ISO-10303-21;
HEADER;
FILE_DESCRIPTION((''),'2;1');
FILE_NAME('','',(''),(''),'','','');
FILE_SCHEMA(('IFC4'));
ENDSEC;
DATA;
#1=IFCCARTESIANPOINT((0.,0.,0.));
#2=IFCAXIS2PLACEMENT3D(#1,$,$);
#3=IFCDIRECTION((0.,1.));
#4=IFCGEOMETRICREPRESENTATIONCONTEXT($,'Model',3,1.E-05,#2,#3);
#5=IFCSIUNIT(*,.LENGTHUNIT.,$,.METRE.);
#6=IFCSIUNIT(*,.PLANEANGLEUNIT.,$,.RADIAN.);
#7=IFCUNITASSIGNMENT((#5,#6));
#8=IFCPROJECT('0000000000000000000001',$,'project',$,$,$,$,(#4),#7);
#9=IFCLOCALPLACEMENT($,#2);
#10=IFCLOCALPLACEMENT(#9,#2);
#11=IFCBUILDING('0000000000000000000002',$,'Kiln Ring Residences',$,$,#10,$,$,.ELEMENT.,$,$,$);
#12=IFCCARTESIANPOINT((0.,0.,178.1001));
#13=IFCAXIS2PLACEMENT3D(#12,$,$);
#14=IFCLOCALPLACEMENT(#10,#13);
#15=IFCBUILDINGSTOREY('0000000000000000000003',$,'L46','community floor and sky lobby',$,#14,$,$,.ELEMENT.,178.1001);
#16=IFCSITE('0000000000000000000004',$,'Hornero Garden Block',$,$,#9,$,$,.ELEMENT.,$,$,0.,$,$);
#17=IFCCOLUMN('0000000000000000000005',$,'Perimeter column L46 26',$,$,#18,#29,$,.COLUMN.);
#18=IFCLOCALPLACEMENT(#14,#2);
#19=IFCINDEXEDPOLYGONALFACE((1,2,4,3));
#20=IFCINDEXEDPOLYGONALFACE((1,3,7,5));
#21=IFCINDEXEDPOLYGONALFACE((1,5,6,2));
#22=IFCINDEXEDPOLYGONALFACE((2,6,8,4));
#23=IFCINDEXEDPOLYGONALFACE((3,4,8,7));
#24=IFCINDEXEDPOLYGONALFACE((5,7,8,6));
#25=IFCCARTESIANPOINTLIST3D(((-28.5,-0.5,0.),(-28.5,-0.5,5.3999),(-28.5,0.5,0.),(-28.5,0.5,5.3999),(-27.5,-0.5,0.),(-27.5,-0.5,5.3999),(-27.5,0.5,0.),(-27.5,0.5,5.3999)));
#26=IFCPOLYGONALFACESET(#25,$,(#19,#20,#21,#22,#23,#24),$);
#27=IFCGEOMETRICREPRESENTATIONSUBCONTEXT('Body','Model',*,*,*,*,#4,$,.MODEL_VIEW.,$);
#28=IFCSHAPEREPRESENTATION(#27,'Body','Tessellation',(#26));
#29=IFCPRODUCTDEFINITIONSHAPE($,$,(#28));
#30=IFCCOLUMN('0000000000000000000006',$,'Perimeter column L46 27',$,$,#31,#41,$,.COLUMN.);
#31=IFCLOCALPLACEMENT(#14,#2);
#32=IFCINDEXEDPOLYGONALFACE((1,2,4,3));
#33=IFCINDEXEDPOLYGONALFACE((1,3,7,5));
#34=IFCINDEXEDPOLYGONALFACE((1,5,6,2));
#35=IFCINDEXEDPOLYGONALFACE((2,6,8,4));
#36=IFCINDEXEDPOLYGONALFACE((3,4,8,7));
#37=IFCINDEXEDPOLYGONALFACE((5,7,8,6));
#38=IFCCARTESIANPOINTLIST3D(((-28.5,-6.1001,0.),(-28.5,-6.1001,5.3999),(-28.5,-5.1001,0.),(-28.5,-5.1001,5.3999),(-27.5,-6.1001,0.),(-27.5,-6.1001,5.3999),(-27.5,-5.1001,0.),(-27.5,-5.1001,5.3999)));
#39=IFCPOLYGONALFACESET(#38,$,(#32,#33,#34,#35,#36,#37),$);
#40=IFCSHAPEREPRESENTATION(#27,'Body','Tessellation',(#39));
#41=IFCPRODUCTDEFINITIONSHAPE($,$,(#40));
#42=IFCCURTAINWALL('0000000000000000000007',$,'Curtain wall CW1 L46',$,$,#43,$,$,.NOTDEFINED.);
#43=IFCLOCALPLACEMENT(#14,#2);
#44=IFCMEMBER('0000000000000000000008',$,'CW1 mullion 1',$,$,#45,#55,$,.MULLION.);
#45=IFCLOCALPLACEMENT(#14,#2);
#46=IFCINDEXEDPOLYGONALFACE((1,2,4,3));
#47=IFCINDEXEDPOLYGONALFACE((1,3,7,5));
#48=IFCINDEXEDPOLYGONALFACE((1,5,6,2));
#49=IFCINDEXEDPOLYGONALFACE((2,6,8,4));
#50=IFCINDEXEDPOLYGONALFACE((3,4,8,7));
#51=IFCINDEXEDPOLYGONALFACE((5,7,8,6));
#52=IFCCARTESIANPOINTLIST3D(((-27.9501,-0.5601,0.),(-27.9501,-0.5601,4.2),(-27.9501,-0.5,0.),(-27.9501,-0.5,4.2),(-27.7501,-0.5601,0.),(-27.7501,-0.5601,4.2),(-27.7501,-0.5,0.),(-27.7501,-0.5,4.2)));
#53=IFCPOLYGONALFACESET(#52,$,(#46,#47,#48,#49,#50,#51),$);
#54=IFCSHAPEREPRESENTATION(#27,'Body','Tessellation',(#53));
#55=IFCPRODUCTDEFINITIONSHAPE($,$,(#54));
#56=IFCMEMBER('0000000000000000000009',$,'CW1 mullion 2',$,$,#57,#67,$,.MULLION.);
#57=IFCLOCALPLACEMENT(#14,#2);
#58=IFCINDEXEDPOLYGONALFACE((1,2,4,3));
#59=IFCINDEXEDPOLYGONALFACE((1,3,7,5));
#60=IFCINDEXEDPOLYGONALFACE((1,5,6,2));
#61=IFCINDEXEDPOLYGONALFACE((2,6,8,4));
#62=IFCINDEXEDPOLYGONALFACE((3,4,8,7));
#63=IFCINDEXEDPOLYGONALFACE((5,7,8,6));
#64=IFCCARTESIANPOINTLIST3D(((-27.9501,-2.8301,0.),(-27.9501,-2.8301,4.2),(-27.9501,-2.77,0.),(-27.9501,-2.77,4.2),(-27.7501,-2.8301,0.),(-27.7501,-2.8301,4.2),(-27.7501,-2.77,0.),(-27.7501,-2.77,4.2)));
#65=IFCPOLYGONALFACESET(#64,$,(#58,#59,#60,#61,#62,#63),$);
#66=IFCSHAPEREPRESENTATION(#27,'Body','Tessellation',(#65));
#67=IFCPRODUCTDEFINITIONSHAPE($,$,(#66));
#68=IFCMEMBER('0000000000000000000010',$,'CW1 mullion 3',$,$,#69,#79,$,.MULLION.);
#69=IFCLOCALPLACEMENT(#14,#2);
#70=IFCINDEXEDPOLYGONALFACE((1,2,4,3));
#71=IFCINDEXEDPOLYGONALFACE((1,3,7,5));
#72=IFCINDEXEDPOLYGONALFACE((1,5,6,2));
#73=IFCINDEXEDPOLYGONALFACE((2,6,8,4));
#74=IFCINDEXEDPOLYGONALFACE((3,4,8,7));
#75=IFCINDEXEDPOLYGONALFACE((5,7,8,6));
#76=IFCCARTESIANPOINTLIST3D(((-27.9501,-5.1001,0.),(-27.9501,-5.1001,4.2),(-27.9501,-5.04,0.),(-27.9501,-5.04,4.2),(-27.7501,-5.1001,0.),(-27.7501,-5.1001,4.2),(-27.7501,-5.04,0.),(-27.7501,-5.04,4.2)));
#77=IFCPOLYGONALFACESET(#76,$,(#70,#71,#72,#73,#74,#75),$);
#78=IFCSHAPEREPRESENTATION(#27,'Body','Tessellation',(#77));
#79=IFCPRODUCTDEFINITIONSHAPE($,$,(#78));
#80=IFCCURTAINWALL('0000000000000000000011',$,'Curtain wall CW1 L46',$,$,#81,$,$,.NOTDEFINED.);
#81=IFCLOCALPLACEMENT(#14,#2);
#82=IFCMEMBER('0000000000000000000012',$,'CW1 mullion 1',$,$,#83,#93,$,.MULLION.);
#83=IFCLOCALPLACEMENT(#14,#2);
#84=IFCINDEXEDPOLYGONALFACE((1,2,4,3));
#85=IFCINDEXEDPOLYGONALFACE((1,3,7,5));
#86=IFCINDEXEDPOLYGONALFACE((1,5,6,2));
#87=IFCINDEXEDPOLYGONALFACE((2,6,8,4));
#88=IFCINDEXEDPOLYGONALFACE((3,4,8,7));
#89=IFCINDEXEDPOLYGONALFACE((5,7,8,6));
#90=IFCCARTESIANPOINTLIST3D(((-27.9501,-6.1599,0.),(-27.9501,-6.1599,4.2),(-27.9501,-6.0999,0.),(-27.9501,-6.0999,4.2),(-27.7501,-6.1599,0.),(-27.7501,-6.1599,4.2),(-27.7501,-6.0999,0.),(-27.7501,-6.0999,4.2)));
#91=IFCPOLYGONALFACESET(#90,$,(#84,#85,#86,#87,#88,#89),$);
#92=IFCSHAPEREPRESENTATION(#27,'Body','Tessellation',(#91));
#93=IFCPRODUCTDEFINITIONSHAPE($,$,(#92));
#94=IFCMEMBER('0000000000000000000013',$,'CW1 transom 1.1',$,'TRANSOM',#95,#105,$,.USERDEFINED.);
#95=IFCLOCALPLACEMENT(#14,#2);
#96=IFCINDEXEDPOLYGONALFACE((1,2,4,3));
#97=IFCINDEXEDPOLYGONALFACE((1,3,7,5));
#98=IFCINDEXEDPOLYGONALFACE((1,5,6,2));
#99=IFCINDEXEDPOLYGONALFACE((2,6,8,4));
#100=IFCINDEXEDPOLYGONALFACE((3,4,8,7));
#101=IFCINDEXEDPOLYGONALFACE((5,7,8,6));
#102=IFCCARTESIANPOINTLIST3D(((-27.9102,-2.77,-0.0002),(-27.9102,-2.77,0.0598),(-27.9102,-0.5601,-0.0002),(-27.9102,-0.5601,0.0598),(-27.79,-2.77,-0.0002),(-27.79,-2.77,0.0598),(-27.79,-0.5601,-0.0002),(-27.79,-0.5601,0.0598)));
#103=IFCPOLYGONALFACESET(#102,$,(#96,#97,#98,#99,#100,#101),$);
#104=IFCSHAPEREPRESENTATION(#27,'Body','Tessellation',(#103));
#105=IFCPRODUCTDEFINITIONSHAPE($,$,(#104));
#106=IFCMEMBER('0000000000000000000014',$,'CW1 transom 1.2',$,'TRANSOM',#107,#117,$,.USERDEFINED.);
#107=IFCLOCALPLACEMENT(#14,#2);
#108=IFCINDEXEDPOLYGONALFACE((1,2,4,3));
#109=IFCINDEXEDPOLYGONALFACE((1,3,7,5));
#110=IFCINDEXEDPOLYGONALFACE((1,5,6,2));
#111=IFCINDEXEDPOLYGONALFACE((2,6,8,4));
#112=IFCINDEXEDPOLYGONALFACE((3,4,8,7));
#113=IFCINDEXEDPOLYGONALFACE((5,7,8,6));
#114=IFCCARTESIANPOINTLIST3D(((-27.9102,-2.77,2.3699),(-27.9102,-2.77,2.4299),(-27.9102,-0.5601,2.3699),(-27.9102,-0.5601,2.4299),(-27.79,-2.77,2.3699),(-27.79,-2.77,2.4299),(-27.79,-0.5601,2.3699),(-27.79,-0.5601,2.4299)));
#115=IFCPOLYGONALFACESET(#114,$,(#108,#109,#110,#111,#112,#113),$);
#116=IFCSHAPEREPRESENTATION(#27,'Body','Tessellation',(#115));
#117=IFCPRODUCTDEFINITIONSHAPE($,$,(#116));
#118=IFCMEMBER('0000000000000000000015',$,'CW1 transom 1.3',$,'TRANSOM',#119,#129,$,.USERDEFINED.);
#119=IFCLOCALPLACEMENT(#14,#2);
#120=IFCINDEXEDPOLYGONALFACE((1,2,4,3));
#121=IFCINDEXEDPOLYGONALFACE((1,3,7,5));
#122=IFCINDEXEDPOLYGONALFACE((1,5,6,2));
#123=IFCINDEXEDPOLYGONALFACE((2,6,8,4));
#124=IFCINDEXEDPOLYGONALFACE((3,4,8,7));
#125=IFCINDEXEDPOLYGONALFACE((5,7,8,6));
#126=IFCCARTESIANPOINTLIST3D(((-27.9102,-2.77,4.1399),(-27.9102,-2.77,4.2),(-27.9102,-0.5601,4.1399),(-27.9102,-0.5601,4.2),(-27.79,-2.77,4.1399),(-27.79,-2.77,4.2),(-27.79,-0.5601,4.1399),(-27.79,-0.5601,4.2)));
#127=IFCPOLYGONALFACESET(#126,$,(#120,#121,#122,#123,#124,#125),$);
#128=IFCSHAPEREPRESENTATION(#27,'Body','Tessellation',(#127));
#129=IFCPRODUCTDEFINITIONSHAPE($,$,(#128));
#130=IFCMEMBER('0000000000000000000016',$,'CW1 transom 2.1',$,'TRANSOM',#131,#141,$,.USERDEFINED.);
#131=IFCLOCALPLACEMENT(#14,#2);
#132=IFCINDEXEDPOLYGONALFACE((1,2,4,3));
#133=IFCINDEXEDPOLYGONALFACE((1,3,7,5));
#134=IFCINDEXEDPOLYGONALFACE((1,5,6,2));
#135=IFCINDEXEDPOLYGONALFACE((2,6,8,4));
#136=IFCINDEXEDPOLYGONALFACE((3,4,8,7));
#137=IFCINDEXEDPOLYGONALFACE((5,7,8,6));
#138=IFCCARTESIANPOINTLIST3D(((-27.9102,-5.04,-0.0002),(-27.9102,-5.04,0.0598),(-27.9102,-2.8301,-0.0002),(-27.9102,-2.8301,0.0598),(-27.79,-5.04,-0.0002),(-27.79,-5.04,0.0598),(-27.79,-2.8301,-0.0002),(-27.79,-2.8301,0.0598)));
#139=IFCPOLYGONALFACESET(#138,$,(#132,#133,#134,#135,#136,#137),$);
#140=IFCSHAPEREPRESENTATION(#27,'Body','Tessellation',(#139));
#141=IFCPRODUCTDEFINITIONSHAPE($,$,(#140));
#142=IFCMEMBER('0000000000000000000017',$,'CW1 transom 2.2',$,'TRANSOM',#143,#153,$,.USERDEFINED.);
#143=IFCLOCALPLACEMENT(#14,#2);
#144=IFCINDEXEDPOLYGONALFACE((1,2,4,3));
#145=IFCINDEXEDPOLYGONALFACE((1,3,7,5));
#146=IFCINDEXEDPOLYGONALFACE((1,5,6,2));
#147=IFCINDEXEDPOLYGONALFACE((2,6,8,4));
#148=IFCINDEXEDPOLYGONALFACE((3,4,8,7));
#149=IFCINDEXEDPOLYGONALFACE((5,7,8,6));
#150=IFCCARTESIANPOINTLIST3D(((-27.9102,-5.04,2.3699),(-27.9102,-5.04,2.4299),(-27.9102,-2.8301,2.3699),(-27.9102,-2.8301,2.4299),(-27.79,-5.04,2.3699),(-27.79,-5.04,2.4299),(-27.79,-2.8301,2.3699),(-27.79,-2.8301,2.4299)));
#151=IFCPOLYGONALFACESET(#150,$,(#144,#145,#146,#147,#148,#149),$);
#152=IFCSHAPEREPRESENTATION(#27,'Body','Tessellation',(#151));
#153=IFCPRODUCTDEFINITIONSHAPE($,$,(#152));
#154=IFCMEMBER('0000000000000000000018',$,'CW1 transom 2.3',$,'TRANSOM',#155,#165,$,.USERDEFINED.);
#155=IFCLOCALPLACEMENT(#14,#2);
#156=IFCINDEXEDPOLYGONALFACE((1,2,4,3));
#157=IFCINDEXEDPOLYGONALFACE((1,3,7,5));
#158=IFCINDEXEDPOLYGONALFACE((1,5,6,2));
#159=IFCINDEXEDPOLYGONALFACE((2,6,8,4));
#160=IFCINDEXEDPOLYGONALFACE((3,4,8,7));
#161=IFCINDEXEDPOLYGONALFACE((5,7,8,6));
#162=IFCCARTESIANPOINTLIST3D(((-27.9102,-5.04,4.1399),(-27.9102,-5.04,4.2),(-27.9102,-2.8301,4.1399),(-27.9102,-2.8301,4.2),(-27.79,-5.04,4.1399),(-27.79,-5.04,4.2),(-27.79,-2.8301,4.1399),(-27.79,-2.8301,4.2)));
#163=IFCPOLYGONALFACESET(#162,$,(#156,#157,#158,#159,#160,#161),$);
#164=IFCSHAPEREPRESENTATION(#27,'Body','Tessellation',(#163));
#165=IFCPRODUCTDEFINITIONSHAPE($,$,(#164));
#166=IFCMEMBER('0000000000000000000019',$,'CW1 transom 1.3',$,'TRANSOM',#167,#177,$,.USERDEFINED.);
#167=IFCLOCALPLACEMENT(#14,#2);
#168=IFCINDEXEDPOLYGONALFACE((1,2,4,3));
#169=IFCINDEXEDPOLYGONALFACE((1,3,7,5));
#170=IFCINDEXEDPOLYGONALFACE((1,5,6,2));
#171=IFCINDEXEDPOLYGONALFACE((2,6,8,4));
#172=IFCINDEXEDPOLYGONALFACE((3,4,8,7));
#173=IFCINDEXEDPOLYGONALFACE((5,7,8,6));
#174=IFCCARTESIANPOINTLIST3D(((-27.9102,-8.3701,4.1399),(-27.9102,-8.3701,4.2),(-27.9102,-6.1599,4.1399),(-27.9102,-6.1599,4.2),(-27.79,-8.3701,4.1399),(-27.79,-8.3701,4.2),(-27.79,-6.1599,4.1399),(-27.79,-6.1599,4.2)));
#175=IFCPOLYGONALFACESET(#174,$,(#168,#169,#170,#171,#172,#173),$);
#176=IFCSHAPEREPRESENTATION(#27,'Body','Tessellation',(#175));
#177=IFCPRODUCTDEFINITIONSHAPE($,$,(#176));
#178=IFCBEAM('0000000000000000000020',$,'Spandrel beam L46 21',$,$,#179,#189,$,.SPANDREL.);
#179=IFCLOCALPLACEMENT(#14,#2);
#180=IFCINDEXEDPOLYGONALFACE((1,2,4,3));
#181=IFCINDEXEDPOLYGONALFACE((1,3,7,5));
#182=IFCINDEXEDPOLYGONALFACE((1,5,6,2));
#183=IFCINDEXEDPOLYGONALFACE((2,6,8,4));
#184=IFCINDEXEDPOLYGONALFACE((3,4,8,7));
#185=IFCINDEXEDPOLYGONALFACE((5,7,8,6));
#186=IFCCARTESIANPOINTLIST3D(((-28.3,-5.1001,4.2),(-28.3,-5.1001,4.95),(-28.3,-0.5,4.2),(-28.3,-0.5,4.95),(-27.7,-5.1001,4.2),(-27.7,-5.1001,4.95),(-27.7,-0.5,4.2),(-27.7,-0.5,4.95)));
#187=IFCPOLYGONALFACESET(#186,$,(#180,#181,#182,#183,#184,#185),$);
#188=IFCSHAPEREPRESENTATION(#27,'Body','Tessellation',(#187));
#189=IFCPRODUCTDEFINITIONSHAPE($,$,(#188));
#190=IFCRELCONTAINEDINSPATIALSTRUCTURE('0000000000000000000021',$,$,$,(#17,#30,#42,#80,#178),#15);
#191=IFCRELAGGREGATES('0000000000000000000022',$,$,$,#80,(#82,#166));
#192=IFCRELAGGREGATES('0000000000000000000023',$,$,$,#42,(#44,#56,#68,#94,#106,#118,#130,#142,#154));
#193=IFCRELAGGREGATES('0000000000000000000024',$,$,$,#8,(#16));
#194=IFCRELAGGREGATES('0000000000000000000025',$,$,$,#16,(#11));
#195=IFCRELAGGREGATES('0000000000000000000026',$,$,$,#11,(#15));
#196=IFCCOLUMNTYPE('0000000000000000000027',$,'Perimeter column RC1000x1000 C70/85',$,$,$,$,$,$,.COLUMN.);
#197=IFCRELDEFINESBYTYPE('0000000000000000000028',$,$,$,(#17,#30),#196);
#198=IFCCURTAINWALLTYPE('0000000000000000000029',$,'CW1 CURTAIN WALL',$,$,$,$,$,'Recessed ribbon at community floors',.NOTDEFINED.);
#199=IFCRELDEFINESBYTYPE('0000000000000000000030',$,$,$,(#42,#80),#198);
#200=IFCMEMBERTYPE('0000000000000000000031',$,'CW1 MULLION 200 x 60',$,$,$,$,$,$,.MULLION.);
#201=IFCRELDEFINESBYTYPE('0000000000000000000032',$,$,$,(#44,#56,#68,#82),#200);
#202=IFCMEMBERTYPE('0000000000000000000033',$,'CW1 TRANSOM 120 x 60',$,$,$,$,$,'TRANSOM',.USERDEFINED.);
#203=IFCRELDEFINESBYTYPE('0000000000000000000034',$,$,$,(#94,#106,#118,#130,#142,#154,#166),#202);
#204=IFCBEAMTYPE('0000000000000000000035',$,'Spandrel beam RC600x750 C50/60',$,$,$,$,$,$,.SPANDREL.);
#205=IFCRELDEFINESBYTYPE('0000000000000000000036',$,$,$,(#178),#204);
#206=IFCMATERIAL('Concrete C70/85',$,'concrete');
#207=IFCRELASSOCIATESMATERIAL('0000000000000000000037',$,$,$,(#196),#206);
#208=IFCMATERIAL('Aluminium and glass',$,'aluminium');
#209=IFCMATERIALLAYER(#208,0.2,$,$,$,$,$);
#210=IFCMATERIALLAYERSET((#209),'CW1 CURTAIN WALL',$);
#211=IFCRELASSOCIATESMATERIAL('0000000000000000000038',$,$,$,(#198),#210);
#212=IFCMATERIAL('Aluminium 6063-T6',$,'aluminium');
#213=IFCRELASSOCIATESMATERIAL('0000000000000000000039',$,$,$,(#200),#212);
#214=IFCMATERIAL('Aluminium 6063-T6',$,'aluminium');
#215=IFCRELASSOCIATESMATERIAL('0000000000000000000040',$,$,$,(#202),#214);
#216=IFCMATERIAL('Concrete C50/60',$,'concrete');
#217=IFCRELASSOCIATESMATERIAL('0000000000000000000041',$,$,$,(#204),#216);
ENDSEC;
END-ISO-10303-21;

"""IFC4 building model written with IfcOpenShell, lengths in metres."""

from ifc_helpers import new_model, si_unit, direction, frame, origin, origin_2d, place, context, subcontext, project, spatial, rectangle, extrude, material, layer, layer_set, material_profile, profile_set, type_object, element, aggregate, save


model = new_model("IFC4")

# Units and contexts
model_context = context("Model", 3, precision=1e-05, world=origin(), true_north=direction((0.0, 1.0)))
body_context = subcontext(model_context, "Body", "Model", "MODEL_VIEW")
ifc_project = project(units=[si_unit("LENGTHUNIT", "METRE"), si_unit("PLANEANGLEUNIT", "RADIAN")], contexts=[model_context])

# Site, building, storey
site_placement = place(None, origin())
site = spatial("IfcSite", under=ifc_project, at=site_placement, Name="Hornero Garden Block", CompositionType="ELEMENT", RefElevation=0.0)
building_placement = place(site_placement, origin())
building = spatial("IfcBuilding", under=site, at=building_placement, Name="Kiln Ring Residences", CompositionType="ELEMENT")
storey_placement = place(building_placement, frame((0.0, 0.0, 178.1001)))
storey = spatial("IfcBuildingStorey", under=building, at=storey_placement, Name="L46", Description="community floor and sky lobby", CompositionType="ELEMENT", Elevation=178.1001)

# Columns
ifc_material_1 = material(Name="Concrete C70/85", Category="concrete")
ifc_material_profile_1 = material_profile(ifc_material_1, rectangle(XDim=1.0, YDim=1.0, at=origin_2d()), Name="RC1000x1000")
ifc_profile_set_1 = profile_set([ifc_material_profile_1], Name="Concrete C70/85")
column_type = type_object("IfcColumnType", Name="Perimeter column RC1000x1000 C70/85", PredefinedType="COLUMN", material=ifc_profile_set_1)
for number, where, z_axis, x_axis, name in (
    (1, (-28.0, 0.0, 0.0), (0.0, 0.0, 1.0), (1.0, 0.0, 0.0), "Perimeter column L46 26"),
    (2, (-28.0, -5.6001, 0.0), (0.0, 0.0, 1.0), (1.0, 0.0, 0.0), "Perimeter column L46 27"),
):
    element("IfcColumn", number, at=place(storey_placement, frame(where, z_axis=z_axis, x_axis=x_axis)), inside=storey, type_object=column_type, Name=name, PredefinedType="COLUMN", context=body_context, shape_type="SweptSolid", body=[
        extrude(rectangle(XDim=1.0, YDim=1.0, at=origin_2d()), origin(), (0.0, 0.0, 1.0), 5.3999),
    ])

# Curtain wall, members
ifc_material_2 = material(Name="Aluminium and glass", Category="aluminium")
ifc_layer_1 = layer(ifc_material_2, 0.2)
ifc_layer_set_1 = layer_set([ifc_layer_1], Name="CW1 CURTAIN WALL")
curtain_wall_type = type_object("IfcCurtainWallType", Name="CW1 CURTAIN WALL", ElementType="Recessed ribbon at community floors", PredefinedType="NOTDEFINED", material=ifc_layer_set_1)
placement = place(storey_placement, origin())
curtain_wall_1 = element("IfcCurtainWall", 3, at=placement, inside=storey, type_object=curtain_wall_type, Name="Curtain wall CW1 L46", PredefinedType="NOTDEFINED")
ifc_material_3 = material(Name="Aluminium 6063-T6", Category="aluminium")
ifc_material_profile_2 = material_profile(ifc_material_3, rectangle(XDim=0.2, YDim=0.0601, at=origin_2d()), Name="AL 200x60")
ifc_profile_set_2 = profile_set([ifc_material_profile_2], Name="Aluminium 6063-T6")
member_type_1 = type_object("IfcMemberType", Name="CW1 MULLION 200 x 60", PredefinedType="MULLION", material=ifc_profile_set_2)
member_1_placement = place(storey_placement, frame((-27.8501, -0.53, 0.0), z_axis=(0.0, 0.0, 1.0), x_axis=(1.0, 0.0, 0.0)))
member_1 = element("IfcMember", 4, at=member_1_placement, type_object=member_type_1, Name="CW1 mullion 1", PredefinedType="MULLION", context=body_context, shape_type="SweptSolid", body=[
    extrude(rectangle(XDim=0.2, YDim=0.0601, at=origin_2d()), origin(), (0.0, 0.0, 1.0), 4.2),
])
member_2_placement = place(storey_placement, frame((-27.8501, -2.8, 0.0), z_axis=(0.0, 0.0, 1.0), x_axis=(1.0, 0.0, 0.0)))
member_2 = element("IfcMember", 5, at=member_2_placement, type_object=member_type_1, Name="CW1 mullion 2", PredefinedType="MULLION", context=body_context, shape_type="SweptSolid", body=[
    extrude(rectangle(XDim=0.2, YDim=0.0601, at=origin_2d()), origin(), (0.0, 0.0, 1.0), 4.2),
])
member_3_placement = place(storey_placement, frame((-27.8501, -5.0701, 0.0), z_axis=(0.0, 0.0, 1.0), x_axis=(1.0, 0.0, 0.0)))
member_3 = element("IfcMember", 6, at=member_3_placement, type_object=member_type_1, Name="CW1 mullion 3", PredefinedType="MULLION", context=body_context, shape_type="SweptSolid", body=[
    extrude(rectangle(XDim=0.2, YDim=0.0601, at=origin_2d()), origin(), (0.0, 0.0, 1.0), 4.2),
])

# Curtain wall, member
curtain_wall_2 = element("IfcCurtainWall", 7, at=placement, inside=storey, type_object=curtain_wall_type, Name="Curtain wall CW1 L46", PredefinedType="NOTDEFINED")
member_4_placement = place(storey_placement, frame((-27.8501, -6.1299, 0.0), z_axis=(0.0, 0.0, 1.0), x_axis=(1.0, 0.0, 0.0)))
member_4 = element("IfcMember", 8, at=member_4_placement, type_object=member_type_1, Name="CW1 mullion 1", PredefinedType="MULLION", context=body_context, shape_type="SweptSolid", body=[
    extrude(rectangle(XDim=0.2, YDim=0.0601, at=origin_2d()), origin(), (0.0, 0.0, 1.0), 4.2),
])

# Members
ifc_material_4 = material(Name="Aluminium 6063-T6", Category="aluminium")
ifc_material_profile_3 = material_profile(ifc_material_4, rectangle(XDim=0.1201, YDim=0.0601, at=origin_2d()), Name="AL 120x60")
ifc_profile_set_3 = profile_set([ifc_material_profile_3], Name="Aluminium 6063-T6")
member_type_2 = type_object("IfcMemberType", Name="CW1 TRANSOM 120 x 60", ElementType="TRANSOM", PredefinedType="USERDEFINED", material=ifc_profile_set_3)
member_5_placement = place(storey_placement, frame((-27.8501, -0.5601, 0.0298), z_axis=(0.0, -1.0, 0.0), x_axis=(1.0, 0.0, 0.0)))
member_5 = element("IfcMember", 9, at=member_5_placement, type_object=member_type_2, Name="CW1 transom 1.1", ObjectType="TRANSOM", PredefinedType="USERDEFINED", context=body_context, shape_type="SweptSolid", body=[
    extrude(rectangle(XDim=0.1201, YDim=0.0601, at=origin_2d()), origin(), (0.0, 0.0, 1.0), 2.21),
])
member_6_placement = place(storey_placement, frame((-27.8501, -0.5601, 2.3999), z_axis=(0.0, -1.0, 0.0), x_axis=(1.0, 0.0, 0.0)))
member_6 = element("IfcMember", 10, at=member_6_placement, type_object=member_type_2, Name="CW1 transom 1.2", ObjectType="TRANSOM", PredefinedType="USERDEFINED", context=body_context, shape_type="SweptSolid", body=[
    extrude(rectangle(XDim=0.1201, YDim=0.0601, at=origin_2d()), origin(), (0.0, 0.0, 1.0), 2.21),
])
member_7_placement = place(storey_placement, frame((-27.8501, -0.5601, 4.1699), z_axis=(0.0, -1.0, 0.0), x_axis=(1.0, 0.0, 0.0)))
member_7 = element("IfcMember", 11, at=member_7_placement, type_object=member_type_2, Name="CW1 transom 1.3", ObjectType="TRANSOM", PredefinedType="USERDEFINED", context=body_context, shape_type="SweptSolid", body=[
    extrude(rectangle(XDim=0.1201, YDim=0.0601, at=origin_2d()), origin(), (0.0, 0.0, 1.0), 2.21),
])
member_8_placement = place(storey_placement, frame((-27.8501, -2.8301, 0.0298), z_axis=(0.0, -1.0, 0.0), x_axis=(1.0, 0.0, 0.0)))
member_8 = element("IfcMember", 12, at=member_8_placement, type_object=member_type_2, Name="CW1 transom 2.1", ObjectType="TRANSOM", PredefinedType="USERDEFINED", context=body_context, shape_type="SweptSolid", body=[
    extrude(rectangle(XDim=0.1201, YDim=0.0601, at=origin_2d()), origin(), (0.0, 0.0, 1.0), 2.21),
])
member_9_placement = place(storey_placement, frame((-27.8501, -2.8301, 2.3999), z_axis=(0.0, -1.0, 0.0), x_axis=(1.0, 0.0, 0.0)))
member_9 = element("IfcMember", 13, at=member_9_placement, type_object=member_type_2, Name="CW1 transom 2.2", ObjectType="TRANSOM", PredefinedType="USERDEFINED", context=body_context, shape_type="SweptSolid", body=[
    extrude(rectangle(XDim=0.1201, YDim=0.0601, at=origin_2d()), origin(), (0.0, 0.0, 1.0), 2.21),
])
member_10_placement = place(storey_placement, frame((-27.8501, -2.8301, 4.1699), z_axis=(0.0, -1.0, 0.0), x_axis=(1.0, 0.0, 0.0)))
member_10 = element("IfcMember", 14, at=member_10_placement, type_object=member_type_2, Name="CW1 transom 2.3", ObjectType="TRANSOM", PredefinedType="USERDEFINED", context=body_context, shape_type="SweptSolid", body=[
    extrude(rectangle(XDim=0.1201, YDim=0.0601, at=origin_2d()), origin(), (0.0, 0.0, 1.0), 2.21),
])
member_11_placement = place(storey_placement, frame((-27.8501, -6.1599, 4.1699), z_axis=(0.0, -1.0, 0.0), x_axis=(1.0, 0.0, 0.0)))
member_11 = element("IfcMember", 15, at=member_11_placement, type_object=member_type_2, Name="CW1 transom 1.3", ObjectType="TRANSOM", PredefinedType="USERDEFINED", context=body_context, shape_type="SweptSolid", body=[
    extrude(rectangle(XDim=0.1201, YDim=0.0601, at=origin_2d()), origin(), (0.0, 0.0, 1.0), 2.2102),
])
aggregate(curtain_wall_2, [member_4, member_11])

# Beam
ifc_material_5 = material(Name="Concrete C50/60", Category="concrete")
ifc_material_profile_4 = material_profile(ifc_material_5, rectangle(XDim=0.6001, YDim=0.75, at=origin_2d()), Name="RC600x750")
ifc_profile_set_4 = profile_set([ifc_material_profile_4], Name="Concrete C50/60")
beam_type = type_object("IfcBeamType", Name="Spandrel beam RC600x750 C50/60", PredefinedType="SPANDREL", material=ifc_profile_set_4)
beam_1_placement = place(storey_placement, frame((-28.0, -0.5, 4.575), z_axis=(0.0, -1.0, 0.0), x_axis=(1.0, 0.0, 0.0)))
element("IfcBeam", 16, at=beam_1_placement, inside=storey, type_object=beam_type, Name="Spandrel beam L46 21", PredefinedType="SPANDREL", context=body_context, shape_type="SweptSolid", body=[
    extrude(rectangle(XDim=0.6001, YDim=0.75, at=origin_2d()), origin(), (0.0, 0.0, 1.0), 4.6001),
])

aggregate(curtain_wall_1, [member_1, member_2, member_3, member_5, member_6, member_7, member_8, member_9, member_10])

save(model, "model.ifc")
